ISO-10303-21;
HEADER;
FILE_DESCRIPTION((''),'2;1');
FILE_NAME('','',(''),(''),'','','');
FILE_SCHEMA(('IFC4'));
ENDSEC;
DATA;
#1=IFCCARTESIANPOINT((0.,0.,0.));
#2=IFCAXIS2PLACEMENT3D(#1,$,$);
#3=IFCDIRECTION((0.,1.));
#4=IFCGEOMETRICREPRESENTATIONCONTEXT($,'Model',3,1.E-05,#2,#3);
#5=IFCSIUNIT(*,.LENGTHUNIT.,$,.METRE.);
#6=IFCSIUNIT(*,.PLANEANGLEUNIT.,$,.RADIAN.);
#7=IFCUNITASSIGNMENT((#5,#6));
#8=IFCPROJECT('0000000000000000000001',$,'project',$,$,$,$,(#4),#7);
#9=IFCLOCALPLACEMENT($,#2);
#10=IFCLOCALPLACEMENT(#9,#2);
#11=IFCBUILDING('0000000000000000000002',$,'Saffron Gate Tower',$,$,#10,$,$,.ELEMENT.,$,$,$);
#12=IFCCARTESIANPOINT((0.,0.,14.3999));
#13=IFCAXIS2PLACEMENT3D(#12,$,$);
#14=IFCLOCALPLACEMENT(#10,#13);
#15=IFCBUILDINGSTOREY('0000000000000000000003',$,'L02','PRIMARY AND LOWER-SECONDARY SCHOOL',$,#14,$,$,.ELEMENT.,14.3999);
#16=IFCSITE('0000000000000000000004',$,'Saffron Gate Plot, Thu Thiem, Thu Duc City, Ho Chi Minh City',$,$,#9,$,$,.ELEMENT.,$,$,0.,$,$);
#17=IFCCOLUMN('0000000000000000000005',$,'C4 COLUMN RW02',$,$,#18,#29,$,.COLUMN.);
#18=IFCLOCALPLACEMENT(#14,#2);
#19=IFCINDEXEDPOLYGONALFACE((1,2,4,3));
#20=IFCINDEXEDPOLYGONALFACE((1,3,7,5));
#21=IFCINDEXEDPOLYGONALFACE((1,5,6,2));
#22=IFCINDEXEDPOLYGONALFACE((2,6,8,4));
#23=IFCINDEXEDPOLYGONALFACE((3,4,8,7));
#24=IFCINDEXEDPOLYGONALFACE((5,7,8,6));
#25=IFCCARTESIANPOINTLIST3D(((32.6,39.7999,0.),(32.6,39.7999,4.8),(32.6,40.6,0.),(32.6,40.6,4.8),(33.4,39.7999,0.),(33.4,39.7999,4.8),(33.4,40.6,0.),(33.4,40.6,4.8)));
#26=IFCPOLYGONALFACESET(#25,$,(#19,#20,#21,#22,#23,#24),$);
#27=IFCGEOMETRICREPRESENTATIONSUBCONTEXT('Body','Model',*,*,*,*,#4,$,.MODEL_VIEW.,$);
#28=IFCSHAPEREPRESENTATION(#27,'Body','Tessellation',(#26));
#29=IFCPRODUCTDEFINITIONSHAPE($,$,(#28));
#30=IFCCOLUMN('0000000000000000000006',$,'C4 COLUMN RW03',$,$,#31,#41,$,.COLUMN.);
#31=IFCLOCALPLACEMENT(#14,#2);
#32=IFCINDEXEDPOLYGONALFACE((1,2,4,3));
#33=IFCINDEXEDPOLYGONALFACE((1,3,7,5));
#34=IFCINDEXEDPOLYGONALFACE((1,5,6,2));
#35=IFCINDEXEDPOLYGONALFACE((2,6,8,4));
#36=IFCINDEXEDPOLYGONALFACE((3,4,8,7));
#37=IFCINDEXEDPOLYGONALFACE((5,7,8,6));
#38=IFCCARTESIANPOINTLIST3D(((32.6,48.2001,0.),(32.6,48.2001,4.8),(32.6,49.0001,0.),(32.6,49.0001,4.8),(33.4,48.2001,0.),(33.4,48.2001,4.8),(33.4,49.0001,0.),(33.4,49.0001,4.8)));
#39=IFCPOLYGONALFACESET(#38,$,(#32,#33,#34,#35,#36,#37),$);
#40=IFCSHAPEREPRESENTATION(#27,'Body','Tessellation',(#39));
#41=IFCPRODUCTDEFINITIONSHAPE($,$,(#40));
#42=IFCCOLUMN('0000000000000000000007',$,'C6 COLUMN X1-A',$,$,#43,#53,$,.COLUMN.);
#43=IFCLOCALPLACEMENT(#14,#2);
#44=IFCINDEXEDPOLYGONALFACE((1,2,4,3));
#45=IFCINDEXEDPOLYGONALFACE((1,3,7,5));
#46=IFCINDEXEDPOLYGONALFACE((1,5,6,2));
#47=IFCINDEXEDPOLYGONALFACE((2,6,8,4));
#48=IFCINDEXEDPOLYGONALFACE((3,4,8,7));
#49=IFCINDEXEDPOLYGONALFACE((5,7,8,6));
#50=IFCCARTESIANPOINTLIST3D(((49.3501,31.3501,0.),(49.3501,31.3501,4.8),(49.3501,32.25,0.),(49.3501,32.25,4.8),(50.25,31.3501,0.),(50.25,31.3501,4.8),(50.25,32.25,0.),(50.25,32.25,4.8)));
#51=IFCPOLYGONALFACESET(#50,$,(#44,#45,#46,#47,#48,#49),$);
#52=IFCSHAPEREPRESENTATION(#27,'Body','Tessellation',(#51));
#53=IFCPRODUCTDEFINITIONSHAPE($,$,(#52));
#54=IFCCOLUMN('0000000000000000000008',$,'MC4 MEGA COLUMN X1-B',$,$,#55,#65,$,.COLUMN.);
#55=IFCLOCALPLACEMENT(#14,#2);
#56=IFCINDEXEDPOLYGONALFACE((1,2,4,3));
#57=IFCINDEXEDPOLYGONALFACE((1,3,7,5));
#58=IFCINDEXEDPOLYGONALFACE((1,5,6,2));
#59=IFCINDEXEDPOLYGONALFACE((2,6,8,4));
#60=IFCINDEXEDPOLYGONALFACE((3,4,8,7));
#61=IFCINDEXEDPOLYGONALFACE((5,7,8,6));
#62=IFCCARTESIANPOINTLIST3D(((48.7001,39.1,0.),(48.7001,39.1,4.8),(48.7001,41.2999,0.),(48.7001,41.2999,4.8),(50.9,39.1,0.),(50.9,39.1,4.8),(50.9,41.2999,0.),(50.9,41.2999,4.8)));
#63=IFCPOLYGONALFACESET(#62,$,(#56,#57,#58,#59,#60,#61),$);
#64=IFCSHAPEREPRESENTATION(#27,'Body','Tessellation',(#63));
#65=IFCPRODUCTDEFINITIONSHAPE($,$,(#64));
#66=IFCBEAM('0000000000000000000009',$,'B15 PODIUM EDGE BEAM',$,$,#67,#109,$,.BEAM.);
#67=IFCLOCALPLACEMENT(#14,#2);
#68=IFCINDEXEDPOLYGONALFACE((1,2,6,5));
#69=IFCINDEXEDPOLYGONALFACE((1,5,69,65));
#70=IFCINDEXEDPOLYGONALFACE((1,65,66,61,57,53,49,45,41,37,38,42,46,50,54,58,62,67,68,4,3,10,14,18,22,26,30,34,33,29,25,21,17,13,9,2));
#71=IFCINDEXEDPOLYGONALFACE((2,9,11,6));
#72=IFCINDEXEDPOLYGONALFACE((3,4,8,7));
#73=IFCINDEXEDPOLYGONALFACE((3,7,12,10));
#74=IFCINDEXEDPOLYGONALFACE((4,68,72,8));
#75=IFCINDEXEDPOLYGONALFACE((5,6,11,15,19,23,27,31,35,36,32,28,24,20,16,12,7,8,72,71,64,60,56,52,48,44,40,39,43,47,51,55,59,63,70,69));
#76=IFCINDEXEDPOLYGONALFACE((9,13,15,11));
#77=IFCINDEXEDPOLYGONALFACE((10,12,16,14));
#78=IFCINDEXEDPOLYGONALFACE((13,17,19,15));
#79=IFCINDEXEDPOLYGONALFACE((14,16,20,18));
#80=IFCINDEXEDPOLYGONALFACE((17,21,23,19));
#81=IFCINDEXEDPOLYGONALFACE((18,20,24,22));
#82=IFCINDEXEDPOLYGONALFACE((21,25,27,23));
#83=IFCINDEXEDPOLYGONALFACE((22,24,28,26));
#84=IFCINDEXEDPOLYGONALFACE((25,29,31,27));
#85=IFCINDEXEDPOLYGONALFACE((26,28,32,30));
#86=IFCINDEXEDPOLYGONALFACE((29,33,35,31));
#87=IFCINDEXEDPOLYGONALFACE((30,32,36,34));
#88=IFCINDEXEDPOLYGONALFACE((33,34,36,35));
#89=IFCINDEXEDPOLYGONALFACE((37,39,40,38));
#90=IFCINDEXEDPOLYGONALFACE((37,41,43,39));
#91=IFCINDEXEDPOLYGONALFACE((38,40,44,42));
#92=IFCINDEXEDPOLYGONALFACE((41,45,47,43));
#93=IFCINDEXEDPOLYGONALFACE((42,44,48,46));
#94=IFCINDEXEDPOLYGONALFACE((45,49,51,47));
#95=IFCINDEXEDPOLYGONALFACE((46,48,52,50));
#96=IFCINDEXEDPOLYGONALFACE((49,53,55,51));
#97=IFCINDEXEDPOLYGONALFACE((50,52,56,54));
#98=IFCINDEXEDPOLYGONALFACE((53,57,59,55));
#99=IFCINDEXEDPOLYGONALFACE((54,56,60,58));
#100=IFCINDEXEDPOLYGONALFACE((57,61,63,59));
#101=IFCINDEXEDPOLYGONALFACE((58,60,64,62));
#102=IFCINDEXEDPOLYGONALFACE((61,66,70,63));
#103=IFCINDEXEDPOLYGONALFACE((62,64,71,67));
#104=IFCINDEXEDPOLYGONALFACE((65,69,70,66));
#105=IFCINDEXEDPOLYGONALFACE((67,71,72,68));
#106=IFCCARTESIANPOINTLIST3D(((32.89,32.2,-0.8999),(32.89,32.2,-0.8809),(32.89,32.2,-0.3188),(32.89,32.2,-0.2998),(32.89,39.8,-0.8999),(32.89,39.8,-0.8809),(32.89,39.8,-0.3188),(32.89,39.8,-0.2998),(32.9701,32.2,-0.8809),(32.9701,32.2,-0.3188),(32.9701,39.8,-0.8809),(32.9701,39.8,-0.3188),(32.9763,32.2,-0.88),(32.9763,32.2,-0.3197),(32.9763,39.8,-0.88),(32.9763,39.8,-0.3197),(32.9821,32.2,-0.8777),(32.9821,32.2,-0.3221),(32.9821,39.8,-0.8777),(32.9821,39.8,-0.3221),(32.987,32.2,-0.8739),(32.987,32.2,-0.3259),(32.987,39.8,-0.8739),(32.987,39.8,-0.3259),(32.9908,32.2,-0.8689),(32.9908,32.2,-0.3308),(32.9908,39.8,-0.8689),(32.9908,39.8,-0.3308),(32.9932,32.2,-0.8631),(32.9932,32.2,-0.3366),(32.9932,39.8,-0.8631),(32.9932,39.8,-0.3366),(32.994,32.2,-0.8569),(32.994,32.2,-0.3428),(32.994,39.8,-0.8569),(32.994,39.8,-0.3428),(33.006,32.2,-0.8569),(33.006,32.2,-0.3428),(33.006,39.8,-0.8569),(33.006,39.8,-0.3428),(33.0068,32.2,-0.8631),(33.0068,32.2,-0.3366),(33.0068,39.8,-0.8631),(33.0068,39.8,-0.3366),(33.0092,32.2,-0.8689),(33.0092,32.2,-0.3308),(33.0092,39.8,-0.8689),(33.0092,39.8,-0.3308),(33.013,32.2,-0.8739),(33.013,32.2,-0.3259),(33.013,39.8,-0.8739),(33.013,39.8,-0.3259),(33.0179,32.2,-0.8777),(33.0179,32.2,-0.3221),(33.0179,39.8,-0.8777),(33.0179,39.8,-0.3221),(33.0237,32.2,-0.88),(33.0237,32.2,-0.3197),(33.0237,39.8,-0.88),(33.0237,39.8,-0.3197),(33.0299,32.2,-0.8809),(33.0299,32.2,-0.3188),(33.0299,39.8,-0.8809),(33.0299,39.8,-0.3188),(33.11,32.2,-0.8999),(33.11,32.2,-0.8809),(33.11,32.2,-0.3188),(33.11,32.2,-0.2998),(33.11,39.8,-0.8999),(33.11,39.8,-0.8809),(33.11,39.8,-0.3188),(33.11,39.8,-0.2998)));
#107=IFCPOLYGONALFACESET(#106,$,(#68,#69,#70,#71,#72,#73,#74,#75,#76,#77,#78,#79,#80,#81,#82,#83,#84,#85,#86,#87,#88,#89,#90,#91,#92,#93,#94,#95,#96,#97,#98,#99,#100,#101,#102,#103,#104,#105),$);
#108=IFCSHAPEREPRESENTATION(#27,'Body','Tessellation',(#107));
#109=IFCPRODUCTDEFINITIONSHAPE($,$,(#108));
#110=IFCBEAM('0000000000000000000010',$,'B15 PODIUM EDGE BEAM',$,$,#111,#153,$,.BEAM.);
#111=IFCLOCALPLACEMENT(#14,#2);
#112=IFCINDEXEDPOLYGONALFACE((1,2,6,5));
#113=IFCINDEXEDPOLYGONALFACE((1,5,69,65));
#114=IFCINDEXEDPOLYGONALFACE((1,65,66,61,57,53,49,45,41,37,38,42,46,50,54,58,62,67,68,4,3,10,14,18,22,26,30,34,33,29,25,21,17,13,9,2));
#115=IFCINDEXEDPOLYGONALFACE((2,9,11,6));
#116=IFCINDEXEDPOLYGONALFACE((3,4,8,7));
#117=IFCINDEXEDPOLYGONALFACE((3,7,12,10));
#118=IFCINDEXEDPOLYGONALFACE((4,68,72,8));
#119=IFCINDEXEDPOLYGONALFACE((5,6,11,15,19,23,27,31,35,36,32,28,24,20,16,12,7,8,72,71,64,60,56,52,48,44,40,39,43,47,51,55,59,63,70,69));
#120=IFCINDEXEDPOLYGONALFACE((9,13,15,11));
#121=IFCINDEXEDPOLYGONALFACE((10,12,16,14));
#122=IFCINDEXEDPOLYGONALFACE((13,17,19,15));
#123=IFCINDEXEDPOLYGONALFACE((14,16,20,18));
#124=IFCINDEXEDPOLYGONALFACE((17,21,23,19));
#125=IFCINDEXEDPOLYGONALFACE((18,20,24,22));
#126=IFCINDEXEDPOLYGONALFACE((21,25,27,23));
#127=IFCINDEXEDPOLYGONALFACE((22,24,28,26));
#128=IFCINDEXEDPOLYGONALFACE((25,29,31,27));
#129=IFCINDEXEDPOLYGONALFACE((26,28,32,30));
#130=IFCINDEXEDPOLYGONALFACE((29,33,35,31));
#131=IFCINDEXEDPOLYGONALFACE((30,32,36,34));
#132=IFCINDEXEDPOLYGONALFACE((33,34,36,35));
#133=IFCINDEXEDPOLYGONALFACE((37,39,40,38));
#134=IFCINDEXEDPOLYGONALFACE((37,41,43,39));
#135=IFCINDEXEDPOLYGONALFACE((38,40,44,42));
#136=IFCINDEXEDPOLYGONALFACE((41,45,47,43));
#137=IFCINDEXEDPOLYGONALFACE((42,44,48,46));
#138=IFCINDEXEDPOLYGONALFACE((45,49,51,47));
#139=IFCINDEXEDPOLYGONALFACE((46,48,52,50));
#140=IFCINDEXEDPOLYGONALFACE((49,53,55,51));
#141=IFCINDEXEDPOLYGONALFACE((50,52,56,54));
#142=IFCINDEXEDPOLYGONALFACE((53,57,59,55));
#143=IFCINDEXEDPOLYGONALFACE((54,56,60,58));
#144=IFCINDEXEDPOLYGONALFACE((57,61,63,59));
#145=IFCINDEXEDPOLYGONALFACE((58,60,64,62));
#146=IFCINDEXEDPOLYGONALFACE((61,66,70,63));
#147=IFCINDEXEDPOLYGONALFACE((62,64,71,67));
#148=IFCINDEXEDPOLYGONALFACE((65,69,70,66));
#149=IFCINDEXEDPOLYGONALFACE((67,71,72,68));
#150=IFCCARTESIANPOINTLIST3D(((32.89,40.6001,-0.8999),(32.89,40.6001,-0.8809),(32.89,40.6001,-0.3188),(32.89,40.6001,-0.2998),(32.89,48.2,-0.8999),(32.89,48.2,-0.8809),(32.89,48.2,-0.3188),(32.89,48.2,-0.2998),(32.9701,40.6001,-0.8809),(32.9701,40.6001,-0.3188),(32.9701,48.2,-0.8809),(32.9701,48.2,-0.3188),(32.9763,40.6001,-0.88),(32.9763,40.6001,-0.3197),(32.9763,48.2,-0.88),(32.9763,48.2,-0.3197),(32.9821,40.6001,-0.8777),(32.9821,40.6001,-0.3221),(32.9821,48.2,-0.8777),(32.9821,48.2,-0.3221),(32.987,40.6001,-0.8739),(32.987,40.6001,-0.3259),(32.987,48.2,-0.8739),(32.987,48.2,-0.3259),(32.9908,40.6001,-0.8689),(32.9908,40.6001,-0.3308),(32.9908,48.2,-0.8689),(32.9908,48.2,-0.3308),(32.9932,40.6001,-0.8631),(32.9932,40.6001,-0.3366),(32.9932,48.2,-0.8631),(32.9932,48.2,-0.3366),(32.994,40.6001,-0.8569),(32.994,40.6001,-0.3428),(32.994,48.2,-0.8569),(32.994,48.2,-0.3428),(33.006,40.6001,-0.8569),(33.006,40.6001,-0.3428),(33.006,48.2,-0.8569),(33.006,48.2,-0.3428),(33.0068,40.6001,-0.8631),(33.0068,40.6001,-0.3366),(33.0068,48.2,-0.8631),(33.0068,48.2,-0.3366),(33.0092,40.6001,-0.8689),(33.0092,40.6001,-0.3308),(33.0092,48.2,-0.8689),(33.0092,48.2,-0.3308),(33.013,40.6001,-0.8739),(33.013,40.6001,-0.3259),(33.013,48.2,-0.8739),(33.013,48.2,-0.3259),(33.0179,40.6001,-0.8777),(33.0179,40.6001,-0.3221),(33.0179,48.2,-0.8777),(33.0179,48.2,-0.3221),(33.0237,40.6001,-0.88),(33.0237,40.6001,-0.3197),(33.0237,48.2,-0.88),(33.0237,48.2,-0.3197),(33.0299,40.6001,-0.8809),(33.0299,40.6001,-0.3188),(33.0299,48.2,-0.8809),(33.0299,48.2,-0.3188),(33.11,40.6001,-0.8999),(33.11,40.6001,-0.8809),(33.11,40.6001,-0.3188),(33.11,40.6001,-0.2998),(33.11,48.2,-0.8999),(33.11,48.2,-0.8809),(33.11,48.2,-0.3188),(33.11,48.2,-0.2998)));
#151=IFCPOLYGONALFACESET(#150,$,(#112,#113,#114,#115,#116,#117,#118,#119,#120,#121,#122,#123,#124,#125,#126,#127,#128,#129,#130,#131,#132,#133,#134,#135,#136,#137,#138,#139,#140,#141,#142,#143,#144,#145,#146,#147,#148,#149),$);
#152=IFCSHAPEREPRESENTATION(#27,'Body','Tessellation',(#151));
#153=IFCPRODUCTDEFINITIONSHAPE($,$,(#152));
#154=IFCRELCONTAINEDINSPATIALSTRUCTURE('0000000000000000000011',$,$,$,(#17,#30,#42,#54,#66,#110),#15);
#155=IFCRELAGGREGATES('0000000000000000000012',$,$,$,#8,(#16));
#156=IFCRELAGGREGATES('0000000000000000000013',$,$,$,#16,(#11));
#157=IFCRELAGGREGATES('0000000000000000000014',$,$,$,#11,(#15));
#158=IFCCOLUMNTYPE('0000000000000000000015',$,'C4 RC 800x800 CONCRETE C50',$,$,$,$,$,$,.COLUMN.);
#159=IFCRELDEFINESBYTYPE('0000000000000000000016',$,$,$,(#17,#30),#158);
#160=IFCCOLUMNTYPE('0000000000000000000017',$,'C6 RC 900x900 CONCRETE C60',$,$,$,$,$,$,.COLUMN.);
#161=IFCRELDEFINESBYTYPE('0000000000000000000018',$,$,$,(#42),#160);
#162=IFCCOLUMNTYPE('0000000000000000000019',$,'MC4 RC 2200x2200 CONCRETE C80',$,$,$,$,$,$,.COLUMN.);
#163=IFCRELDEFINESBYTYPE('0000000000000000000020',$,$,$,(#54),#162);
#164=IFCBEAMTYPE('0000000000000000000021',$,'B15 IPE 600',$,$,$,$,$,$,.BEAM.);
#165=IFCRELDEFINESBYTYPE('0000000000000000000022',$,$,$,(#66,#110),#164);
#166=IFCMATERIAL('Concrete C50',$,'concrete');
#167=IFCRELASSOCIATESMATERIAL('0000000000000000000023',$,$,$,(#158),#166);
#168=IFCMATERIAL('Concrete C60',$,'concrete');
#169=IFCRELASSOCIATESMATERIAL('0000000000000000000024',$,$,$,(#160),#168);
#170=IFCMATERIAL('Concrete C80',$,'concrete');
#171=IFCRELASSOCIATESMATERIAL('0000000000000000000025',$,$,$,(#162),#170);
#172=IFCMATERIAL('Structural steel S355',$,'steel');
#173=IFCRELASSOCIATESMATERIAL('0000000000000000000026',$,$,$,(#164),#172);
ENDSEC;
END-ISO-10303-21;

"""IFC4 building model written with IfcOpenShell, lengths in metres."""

from ifc_helpers import new_model, si_unit, direction, frame, origin, origin_2d, place, context, subcontext, project, spatial, rectangle, i_section, extrude, material, material_profile, profile_set, type_object, element, save


model = new_model("IFC4")

# Units and contexts
model_context = context("Model", 3, precision=1e-05, world=origin(), true_north=direction((0.0, 1.0)))
body_context = subcontext(model_context, "Body", "Model", "MODEL_VIEW")
ifc_project = project(units=[si_unit("LENGTHUNIT", "METRE"), si_unit("PLANEANGLEUNIT", "RADIAN")], contexts=[model_context])

# Site, building, storey
site_placement = place(None, origin())
site = spatial("IfcSite", under=ifc_project, at=site_placement, Name="Saffron Gate Plot, Thu Thiem, Thu Duc City, Ho Chi Minh City", CompositionType="ELEMENT", RefElevation=0.0)
building_placement = place(site_placement, origin())
building = spatial("IfcBuilding", under=site, at=building_placement, Name="Saffron Gate Tower", CompositionType="ELEMENT")
storey_placement = place(building_placement, frame((0.0, 0.0, 14.3999)))
storey = spatial("IfcBuildingStorey", under=building, at=storey_placement, Name="L02", Description="PRIMARY AND LOWER-SECONDARY SCHOOL", CompositionType="ELEMENT", Elevation=14.3999)

# Columns
ifc_material_1 = material(Name="Concrete C50", Category="concrete")
ifc_material_profile_1 = material_profile(ifc_material_1, rectangle(XDim=0.8, YDim=0.8, at=origin_2d()))
ifc_profile_set_1 = profile_set([ifc_material_profile_1], Name="Concrete C50")
column_type_1 = type_object("IfcColumnType", Name="C4 RC 800x800 CONCRETE C50", PredefinedType="COLUMN", material=ifc_profile_set_1)
for number, where, z_axis, x_axis, name in (
    (1, (33.0, 40.2, 0.0), (0.0, 0.0, 1.0), (1.0, 0.0, 0.0), "C4 COLUMN RW02"),
    (2, (33.0, 48.6001, 0.0), (0.0, 0.0, 1.0), (1.0, 0.0, 0.0), "C4 COLUMN RW03"),
):
    element("IfcColumn", number, at=place(storey_placement, frame(where, z_axis=z_axis, x_axis=x_axis)), inside=storey, type_object=column_type_1, Name=name, PredefinedType="COLUMN", context=body_context, shape_type="SweptSolid", body=[
        extrude(rectangle(XDim=0.8, YDim=0.8, at=origin_2d()), origin(), (0.0, 0.0, 1.0), 4.8),
    ])
ifc_material_2 = material(Name="Concrete C60", Category="concrete")
ifc_material_profile_2 = material_profile(ifc_material_2, rectangle(XDim=0.8999, YDim=0.8999, at=origin_2d()))
ifc_profile_set_2 = profile_set([ifc_material_profile_2], Name="Concrete C60")
column_type_2 = type_object("IfcColumnType", Name="C6 RC 900x900 CONCRETE C60", PredefinedType="COLUMN", material=ifc_profile_set_2)
column_1_placement = place(storey_placement, frame((49.8, 31.8, 0.0), z_axis=(0.0, 0.0, 1.0), x_axis=(1.0, 0.0, 0.0)))
element("IfcColumn", 3, at=column_1_placement, inside=storey, type_object=column_type_2, Name="C6 COLUMN X1-A", PredefinedType="COLUMN", context=body_context, shape_type="SweptSolid", body=[
    extrude(rectangle(XDim=0.8999, YDim=0.8999, at=origin_2d()), origin(), (0.0, 0.0, 1.0), 4.8),
])
ifc_material_3 = material(Name="Concrete C80", Category="concrete")
ifc_material_profile_3 = material_profile(ifc_material_3, rectangle(XDim=2.2, YDim=2.2, at=origin_2d()))
ifc_profile_set_3 = profile_set([ifc_material_profile_3], Name="Concrete C80")
column_type_3 = type_object("IfcColumnType", Name="MC4 RC 2200x2200 CONCRETE C80", PredefinedType="COLUMN", material=ifc_profile_set_3)
column_2_placement = place(storey_placement, frame((49.8, 40.2, 0.0), z_axis=(0.0, 0.0, 1.0), x_axis=(1.0, 0.0, 0.0)))
element("IfcColumn", 4, at=column_2_placement, inside=storey, type_object=column_type_3, Name="MC4 MEGA COLUMN X1-B", PredefinedType="COLUMN", context=body_context, shape_type="SweptSolid", body=[
    extrude(rectangle(XDim=2.2, YDim=2.2, at=origin_2d()), origin(), (0.0, 0.0, 1.0), 4.8),
])

# Beams
ifc_material_4 = material(Name="Structural steel S355", Category="steel")
ifc_material_profile_4 = material_profile(ifc_material_4, i_section(OverallWidth=0.22, OverallDepth=0.6001, WebThickness=0.012, FlangeThickness=0.019, FilletRadius=0.0239, at=origin_2d()))
ifc_profile_set_4 = profile_set([ifc_material_profile_4], Name="Structural steel S355")
beam_type_1 = type_object("IfcBeamType", Name="B15 IPE 600", PredefinedType="BEAM", material=ifc_profile_set_4)
beam_1_placement = place(storey_placement, frame((33.0, 32.2, -0.5999), z_axis=(0.0, 1.0, 0.0), x_axis=(-1.0, 0.0, 0.0)))
element("IfcBeam", 5, at=beam_1_placement, inside=storey, type_object=beam_type_1, Name="B15 PODIUM EDGE BEAM", PredefinedType="BEAM", context=body_context, shape_type="SweptSolid", body=[
    extrude(i_section(OverallWidth=0.22, OverallDepth=0.6001, WebThickness=0.012, FlangeThickness=0.019, FilletRadius=0.0239, at=origin_2d()), origin(), (0.0, 0.0, 1.0), 7.6001),
])
beam_2_placement = place(storey_placement, frame((33.0, 40.6001, -0.5999), z_axis=(0.0, 1.0, 0.0), x_axis=(-1.0, 0.0, 0.0)))
element("IfcBeam", 6, at=beam_2_placement, inside=storey, type_object=beam_type_1, Name="B15 PODIUM EDGE BEAM", PredefinedType="BEAM", context=body_context, shape_type="SweptSolid", body=[
    extrude(i_section(OverallWidth=0.22, OverallDepth=0.6001, WebThickness=0.012, FlangeThickness=0.019, FilletRadius=0.0239, at=origin_2d()), origin(), (0.0, 0.0, 1.0), 7.5999),
])

save(model, "model.ifc")
